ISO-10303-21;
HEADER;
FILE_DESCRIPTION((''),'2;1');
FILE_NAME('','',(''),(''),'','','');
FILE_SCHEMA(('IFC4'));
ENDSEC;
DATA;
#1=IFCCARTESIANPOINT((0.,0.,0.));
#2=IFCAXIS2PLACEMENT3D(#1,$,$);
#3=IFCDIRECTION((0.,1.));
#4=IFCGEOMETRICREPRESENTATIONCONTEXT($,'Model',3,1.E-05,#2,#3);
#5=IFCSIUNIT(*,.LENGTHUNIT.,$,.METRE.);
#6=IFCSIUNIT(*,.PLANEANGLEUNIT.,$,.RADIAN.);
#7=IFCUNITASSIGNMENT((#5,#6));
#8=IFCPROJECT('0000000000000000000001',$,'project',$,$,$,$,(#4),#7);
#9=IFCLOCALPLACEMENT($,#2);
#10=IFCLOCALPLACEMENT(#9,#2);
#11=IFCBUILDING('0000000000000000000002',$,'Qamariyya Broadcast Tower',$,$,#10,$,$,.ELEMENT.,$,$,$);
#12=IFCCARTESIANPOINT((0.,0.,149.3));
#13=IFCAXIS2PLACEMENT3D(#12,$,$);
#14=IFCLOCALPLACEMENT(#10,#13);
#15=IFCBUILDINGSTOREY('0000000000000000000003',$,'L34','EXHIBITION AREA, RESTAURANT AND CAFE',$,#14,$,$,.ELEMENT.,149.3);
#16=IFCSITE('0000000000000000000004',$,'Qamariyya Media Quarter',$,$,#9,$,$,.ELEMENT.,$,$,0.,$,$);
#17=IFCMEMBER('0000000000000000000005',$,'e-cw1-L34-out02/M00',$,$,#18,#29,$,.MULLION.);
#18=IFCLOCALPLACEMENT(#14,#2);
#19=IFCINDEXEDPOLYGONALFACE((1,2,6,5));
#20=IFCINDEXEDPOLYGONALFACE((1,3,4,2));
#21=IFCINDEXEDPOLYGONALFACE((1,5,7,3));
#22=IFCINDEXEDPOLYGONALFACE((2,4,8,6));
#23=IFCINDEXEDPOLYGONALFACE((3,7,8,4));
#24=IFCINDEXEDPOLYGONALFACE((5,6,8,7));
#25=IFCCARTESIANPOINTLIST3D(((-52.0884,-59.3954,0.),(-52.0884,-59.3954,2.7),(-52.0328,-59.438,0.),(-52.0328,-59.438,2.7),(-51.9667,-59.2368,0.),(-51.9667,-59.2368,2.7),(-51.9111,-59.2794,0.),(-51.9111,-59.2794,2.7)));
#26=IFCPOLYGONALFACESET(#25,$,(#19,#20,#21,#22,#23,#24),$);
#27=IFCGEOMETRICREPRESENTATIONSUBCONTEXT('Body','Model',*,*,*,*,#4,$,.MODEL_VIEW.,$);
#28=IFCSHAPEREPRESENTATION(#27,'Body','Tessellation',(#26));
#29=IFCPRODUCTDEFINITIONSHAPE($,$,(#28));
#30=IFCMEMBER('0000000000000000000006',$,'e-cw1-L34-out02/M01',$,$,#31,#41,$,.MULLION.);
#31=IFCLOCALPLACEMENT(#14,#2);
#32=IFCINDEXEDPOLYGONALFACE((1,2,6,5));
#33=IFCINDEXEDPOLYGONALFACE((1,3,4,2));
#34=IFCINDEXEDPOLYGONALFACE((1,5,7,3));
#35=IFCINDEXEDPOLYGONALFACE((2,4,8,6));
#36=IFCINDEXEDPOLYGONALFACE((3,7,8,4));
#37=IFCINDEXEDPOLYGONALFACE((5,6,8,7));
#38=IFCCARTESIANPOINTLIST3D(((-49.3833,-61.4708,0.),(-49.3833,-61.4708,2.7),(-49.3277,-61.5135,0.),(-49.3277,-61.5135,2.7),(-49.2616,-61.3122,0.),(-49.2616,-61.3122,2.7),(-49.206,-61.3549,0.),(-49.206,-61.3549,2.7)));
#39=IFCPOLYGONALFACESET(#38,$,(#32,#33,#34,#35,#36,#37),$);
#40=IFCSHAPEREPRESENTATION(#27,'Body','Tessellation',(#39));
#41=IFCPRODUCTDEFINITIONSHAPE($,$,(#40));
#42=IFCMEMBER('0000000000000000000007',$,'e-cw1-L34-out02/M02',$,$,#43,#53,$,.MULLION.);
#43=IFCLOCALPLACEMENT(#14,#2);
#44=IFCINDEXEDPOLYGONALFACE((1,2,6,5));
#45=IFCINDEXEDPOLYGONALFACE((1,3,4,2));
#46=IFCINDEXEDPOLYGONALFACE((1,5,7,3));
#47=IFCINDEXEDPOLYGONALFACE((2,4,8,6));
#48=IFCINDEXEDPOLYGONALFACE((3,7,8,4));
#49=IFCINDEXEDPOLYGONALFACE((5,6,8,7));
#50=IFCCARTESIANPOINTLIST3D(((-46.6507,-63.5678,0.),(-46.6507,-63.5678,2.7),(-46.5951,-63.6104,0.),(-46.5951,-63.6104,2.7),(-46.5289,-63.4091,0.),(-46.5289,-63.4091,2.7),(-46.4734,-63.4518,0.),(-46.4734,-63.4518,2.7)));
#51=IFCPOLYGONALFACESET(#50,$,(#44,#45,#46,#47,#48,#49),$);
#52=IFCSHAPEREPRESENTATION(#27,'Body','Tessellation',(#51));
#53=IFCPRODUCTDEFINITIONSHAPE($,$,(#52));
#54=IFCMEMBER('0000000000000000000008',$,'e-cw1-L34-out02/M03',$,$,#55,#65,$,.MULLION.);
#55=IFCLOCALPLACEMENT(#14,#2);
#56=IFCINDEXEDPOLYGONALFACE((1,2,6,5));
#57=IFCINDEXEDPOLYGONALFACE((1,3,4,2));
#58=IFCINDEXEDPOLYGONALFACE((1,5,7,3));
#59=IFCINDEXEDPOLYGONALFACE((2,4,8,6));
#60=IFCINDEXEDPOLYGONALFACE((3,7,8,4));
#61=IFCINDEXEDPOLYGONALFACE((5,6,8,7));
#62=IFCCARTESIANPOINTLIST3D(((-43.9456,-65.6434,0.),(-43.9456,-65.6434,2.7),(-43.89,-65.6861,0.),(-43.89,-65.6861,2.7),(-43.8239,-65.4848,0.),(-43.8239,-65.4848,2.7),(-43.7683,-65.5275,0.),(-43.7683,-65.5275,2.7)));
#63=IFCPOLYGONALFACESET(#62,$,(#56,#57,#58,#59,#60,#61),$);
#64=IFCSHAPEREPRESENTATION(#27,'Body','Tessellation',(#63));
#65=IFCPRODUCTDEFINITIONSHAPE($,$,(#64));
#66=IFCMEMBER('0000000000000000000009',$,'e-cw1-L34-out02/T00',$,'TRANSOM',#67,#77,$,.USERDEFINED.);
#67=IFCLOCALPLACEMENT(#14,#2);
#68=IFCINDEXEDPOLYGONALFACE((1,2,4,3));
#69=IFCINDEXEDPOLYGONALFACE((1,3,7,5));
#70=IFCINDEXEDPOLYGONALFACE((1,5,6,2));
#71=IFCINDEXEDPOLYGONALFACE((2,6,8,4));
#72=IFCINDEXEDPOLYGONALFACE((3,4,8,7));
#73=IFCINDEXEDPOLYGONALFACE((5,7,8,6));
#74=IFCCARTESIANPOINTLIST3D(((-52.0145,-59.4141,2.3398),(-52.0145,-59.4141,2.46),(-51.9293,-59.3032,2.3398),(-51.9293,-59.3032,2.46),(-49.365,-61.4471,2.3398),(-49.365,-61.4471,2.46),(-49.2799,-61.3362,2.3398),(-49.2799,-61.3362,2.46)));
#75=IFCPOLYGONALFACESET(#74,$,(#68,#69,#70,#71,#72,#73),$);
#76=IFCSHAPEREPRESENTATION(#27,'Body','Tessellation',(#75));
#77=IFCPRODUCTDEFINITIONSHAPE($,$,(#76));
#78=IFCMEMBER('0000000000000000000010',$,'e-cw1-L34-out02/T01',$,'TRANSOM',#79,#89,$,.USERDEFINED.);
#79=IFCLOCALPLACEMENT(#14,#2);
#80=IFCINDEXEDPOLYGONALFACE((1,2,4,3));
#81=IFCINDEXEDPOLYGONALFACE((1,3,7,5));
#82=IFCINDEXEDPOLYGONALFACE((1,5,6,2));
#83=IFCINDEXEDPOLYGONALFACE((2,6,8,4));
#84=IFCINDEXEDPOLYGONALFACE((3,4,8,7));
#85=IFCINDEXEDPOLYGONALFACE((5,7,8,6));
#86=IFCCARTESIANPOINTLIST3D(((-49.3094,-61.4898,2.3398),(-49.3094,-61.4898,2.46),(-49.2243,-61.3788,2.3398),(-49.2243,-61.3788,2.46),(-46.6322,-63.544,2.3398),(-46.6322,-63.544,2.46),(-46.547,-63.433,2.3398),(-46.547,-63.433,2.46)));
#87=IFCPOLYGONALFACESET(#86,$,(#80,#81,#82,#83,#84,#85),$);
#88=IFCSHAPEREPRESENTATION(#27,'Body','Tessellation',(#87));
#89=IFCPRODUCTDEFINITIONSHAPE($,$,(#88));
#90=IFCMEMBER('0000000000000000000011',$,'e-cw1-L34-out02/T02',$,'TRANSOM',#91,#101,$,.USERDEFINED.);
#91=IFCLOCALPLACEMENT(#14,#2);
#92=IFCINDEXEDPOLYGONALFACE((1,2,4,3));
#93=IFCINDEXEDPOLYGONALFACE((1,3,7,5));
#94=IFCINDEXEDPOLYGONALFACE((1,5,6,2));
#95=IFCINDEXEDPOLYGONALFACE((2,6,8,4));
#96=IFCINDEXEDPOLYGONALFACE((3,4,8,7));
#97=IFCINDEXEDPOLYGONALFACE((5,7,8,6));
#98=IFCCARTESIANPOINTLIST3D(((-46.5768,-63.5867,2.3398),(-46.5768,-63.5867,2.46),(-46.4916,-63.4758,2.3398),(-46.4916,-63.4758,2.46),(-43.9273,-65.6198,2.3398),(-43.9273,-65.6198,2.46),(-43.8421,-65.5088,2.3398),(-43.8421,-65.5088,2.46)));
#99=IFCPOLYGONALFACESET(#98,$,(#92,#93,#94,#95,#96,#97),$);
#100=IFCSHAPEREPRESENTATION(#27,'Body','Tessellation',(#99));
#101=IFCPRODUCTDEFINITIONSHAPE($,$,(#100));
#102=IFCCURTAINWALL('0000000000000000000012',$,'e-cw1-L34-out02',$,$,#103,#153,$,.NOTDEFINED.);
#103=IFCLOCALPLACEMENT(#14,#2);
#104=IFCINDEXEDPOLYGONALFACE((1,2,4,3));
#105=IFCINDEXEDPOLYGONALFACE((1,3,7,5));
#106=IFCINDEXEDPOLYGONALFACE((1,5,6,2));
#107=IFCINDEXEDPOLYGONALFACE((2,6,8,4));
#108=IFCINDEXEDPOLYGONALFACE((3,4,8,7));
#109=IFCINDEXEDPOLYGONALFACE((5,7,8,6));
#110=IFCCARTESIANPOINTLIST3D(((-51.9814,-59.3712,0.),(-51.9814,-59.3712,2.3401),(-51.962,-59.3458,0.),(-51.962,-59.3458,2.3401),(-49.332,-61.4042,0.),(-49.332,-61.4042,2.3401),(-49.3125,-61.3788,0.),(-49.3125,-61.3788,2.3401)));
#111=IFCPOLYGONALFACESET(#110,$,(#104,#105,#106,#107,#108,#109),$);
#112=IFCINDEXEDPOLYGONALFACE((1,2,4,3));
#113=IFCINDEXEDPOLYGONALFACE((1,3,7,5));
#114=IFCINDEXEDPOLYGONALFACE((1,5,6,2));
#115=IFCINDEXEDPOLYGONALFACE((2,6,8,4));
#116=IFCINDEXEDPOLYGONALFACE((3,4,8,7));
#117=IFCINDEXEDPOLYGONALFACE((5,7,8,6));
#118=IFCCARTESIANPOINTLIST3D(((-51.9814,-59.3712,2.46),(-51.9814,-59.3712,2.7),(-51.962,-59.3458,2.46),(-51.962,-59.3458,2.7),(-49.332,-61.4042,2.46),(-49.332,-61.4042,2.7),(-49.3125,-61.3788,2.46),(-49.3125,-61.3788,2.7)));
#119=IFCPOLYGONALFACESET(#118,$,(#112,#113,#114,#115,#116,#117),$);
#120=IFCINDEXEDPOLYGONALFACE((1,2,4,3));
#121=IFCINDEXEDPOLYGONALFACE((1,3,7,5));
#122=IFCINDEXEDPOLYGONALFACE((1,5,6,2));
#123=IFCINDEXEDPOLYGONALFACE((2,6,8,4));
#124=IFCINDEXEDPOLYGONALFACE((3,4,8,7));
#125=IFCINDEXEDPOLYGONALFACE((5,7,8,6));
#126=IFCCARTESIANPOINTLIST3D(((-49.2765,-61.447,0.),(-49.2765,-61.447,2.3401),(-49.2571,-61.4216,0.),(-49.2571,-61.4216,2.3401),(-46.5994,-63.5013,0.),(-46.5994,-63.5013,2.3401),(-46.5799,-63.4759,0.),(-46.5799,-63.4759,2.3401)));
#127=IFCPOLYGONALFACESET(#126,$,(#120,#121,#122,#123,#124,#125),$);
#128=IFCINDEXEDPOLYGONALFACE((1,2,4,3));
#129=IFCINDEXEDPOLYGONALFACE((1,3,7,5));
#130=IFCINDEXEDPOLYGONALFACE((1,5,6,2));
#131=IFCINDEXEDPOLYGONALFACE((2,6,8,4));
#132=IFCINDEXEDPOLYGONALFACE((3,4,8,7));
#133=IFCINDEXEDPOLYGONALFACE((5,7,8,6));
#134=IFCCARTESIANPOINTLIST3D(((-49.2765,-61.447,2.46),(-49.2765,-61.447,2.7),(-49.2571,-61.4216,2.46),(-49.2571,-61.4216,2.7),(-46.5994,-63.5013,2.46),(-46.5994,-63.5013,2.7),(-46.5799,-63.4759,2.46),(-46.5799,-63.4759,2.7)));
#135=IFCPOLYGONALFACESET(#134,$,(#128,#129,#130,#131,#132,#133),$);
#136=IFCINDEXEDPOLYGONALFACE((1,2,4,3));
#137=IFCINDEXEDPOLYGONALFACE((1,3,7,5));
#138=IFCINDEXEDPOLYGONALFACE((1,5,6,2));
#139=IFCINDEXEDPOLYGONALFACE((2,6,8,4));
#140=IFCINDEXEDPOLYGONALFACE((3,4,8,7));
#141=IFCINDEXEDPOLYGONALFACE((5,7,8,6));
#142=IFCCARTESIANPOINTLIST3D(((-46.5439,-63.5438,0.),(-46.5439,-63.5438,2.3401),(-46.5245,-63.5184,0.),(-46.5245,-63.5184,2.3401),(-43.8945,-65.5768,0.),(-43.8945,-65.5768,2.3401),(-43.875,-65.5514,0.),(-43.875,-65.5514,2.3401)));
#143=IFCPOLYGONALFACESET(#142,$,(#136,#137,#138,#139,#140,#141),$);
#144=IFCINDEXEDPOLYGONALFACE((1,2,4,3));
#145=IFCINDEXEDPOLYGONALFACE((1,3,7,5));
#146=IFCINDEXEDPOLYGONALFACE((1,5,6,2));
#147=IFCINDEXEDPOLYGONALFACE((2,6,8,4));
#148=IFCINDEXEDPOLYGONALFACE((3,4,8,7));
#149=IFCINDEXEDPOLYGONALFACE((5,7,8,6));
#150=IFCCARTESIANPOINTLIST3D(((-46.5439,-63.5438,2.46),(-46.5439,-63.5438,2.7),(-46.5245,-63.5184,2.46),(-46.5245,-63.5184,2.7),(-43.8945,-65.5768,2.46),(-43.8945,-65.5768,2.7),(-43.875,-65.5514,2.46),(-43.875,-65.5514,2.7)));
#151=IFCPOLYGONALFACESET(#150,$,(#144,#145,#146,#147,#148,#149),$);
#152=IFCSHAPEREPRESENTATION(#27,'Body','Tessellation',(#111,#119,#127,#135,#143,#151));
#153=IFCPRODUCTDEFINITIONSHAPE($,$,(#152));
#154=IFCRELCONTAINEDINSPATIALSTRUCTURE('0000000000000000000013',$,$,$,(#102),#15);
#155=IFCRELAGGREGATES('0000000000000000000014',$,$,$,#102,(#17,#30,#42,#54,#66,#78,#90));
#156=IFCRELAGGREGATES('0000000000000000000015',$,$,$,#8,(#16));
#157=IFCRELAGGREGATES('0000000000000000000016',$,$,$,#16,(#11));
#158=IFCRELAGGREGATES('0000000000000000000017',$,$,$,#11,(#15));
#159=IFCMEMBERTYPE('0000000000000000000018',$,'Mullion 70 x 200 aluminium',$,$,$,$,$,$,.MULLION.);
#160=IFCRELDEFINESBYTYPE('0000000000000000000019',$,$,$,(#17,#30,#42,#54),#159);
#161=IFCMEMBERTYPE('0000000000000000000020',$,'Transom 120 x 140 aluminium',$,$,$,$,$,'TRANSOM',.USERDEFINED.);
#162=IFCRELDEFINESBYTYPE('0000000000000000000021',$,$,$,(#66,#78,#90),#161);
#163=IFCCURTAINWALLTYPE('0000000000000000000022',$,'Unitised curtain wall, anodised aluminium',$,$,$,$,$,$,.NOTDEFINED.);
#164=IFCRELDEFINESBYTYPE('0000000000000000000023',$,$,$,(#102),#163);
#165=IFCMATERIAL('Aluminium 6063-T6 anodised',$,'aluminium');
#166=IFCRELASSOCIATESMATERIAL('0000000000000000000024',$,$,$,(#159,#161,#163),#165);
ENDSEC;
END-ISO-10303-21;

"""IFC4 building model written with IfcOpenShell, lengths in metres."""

from ifc_helpers import new_model, si_unit, direction, frame, origin, origin_2d, place, context, subcontext, project, spatial, rectangle, extrude, material, material_profile, profile_set, type_object, element, aggregate, save


model = new_model("IFC4")

# Units and contexts
model_context = context("Model", 3, precision=1e-05, world=origin(), true_north=direction((0.0, 1.0)))
body_context = subcontext(model_context, "Body", "Model", "MODEL_VIEW")
ifc_project = project(units=[si_unit("LENGTHUNIT", "METRE"), si_unit("PLANEANGLEUNIT", "RADIAN")], contexts=[model_context])

# Members
ifc_material = material(Name="Aluminium 6063-T6 anodised", Category="aluminium")
ifc_material_profile_1 = material_profile(ifc_material, rectangle(XDim=0.2, YDim=0.0701, at=origin_2d()))
ifc_profile_set_1 = profile_set([ifc_material_profile_1], Name="Aluminium 6063-T6 anodised")
member_type_1 = type_object("IfcMemberType", Name="Mullion 70 x 200 aluminium", PredefinedType="MULLION", material=ifc_profile_set_1)
site_placement = place(None, origin())
building_placement = place(site_placement, origin())
storey_placement = place(building_placement, frame((0.0, 0.0, 149.3)))
member_1_placement = place(storey_placement, frame((-51.9998, -59.3374, 0.0), z_axis=(0.0, 0.0, 1.0), x_axis=(0.608761, 0.793353, 0.0)))
member_1 = element("IfcMember", 1, at=member_1_placement, type_object=member_type_1, Name="e-cw1-L34-out02/M00", PredefinedType="MULLION", context=body_context, shape_type="SweptSolid", body=[
    extrude(rectangle(XDim=0.2, YDim=0.0701, at=origin_2d()), origin(), (0.0, 0.0, 1.0), 2.7),
])
member_2_placement = place(storey_placement, frame((-49.2947, -61.4128, 0.0), z_axis=(0.0, 0.0, 1.0), x_axis=(0.608761, 0.793353, 0.0)))
member_2 = element("IfcMember", 2, at=member_2_placement, type_object=member_type_1, Name="e-cw1-L34-out02/M01", PredefinedType="MULLION", context=body_context, shape_type="SweptSolid", body=[
    extrude(rectangle(XDim=0.2, YDim=0.0701, at=origin_2d()), origin(), (0.0, 0.0, 1.0), 2.7),
])
member_3_placement = place(storey_placement, frame((-46.562, -63.5098, 0.0), z_axis=(0.0, 0.0, 1.0), x_axis=(0.608761, 0.793353, 0.0)))
member_3 = element("IfcMember", 3, at=member_3_placement, type_object=member_type_1, Name="e-cw1-L34-out02/M02", PredefinedType="MULLION", context=body_context, shape_type="SweptSolid", body=[
    extrude(rectangle(XDim=0.2, YDim=0.0701, at=origin_2d()), origin(), (0.0, 0.0, 1.0), 2.7),
])
member_4_placement = place(storey_placement, frame((-43.8569, -65.5854, 0.0), z_axis=(0.0, 0.0, 1.0), x_axis=(0.608761, 0.793353, 0.0)))
member_4 = element("IfcMember", 4, at=member_4_placement, type_object=member_type_1, Name="e-cw1-L34-out02/M03", PredefinedType="MULLION", context=body_context, shape_type="SweptSolid", body=[
    extrude(rectangle(XDim=0.2, YDim=0.0701, at=origin_2d()), origin(), (0.0, 0.0, 1.0), 2.7),
])
ifc_material_profile_2 = material_profile(ifc_material, rectangle(XDim=0.1399, YDim=0.1201, at=origin_2d()))
ifc_profile_set_2 = profile_set([ifc_material_profile_2], Name="Aluminium 6063-T6 anodised")
member_type_2 = type_object("IfcMemberType", Name="Transom 120 x 140 aluminium", ElementType="TRANSOM", PredefinedType="USERDEFINED", material=ifc_profile_set_2)
member_5_placement = place(storey_placement, frame((-51.9719, -59.3586, 2.3999), z_axis=(0.793354, -0.60876, 0.0), x_axis=(0.60876, 0.793354, 0.0)))
member_5 = element("IfcMember", 5, at=member_5_placement, type_object=member_type_2, Name="e-cw1-L34-out02/T00", ObjectType="TRANSOM", PredefinedType="USERDEFINED", context=body_context, shape_type="SweptSolid", body=[
    extrude(rectangle(XDim=0.1399, YDim=0.1201, at=origin_2d()), origin(), (0.0, 0.0, 1.0), 3.3396),
])
member_6_placement = place(storey_placement, frame((-49.2668, -61.4343, 2.3999), z_axis=(0.793371, -0.608738, 0.0), x_axis=(0.608738, 0.793371, 0.0)))
member_6 = element("IfcMember", 6, at=member_6_placement, type_object=member_type_2, Name="e-cw1-L34-out02/T01", ObjectType="TRANSOM", PredefinedType="USERDEFINED", context=body_context, shape_type="SweptSolid", body=[
    extrude(rectangle(XDim=0.1399, YDim=0.1201, at=origin_2d()), origin(), (0.0, 0.0, 1.0), 3.3745),
])
member_7_placement = place(storey_placement, frame((-46.5342, -63.5312, 2.3999), z_axis=(0.793354, -0.60876, 0.0), x_axis=(0.60876, 0.793354, 0.0)))
member_7 = element("IfcMember", 7, at=member_7_placement, type_object=member_type_2, Name="e-cw1-L34-out02/T02", ObjectType="TRANSOM", PredefinedType="USERDEFINED", context=body_context, shape_type="SweptSolid", body=[
    extrude(rectangle(XDim=0.1399, YDim=0.1201, at=origin_2d()), origin(), (0.0, 0.0, 1.0), 3.3396),
])

# Site, building, storey
site = spatial("IfcSite", under=ifc_project, at=site_placement, Name="Qamariyya Media Quarter", CompositionType="ELEMENT", RefElevation=0.0)
building = spatial("IfcBuilding", under=site, at=building_placement, Name="Qamariyya Broadcast Tower", CompositionType="ELEMENT")
storey = spatial("IfcBuildingStorey", under=building, at=storey_placement, Name="L34", Description="EXHIBITION AREA, RESTAURANT AND CAFE", CompositionType="ELEMENT", Elevation=149.3)

# Curtain wall
curtain_wall_type = type_object("IfcCurtainWallType", Name="Unitised curtain wall, anodised aluminium", PredefinedType="NOTDEFINED", material=ifc_material)
curtain_wall_1_placement = place(storey_placement, origin())
curtain_wall_1 = element("IfcCurtainWall", 8, at=curtain_wall_1_placement, inside=storey, type_object=curtain_wall_type, Name="e-cw1-L34-out02", PredefinedType="NOTDEFINED", context=body_context, shape_type="SweptSolid", body=[
    extrude(rectangle(XDim=3.3396, YDim=0.032, at=origin_2d()), frame((-50.647, -60.375, 0.0), x_axis=(0.793352, -0.608764, 0.0)), (0.0, 0.0, 1.0), 2.3401),
    extrude(rectangle(XDim=3.3396, YDim=0.032, at=origin_2d()), frame((-50.647, -60.375, 2.46), x_axis=(0.793352, -0.608764, 0.0)), (0.0, 0.0, 1.0), 0.24),
    extrude(rectangle(XDim=3.3745, YDim=0.032, at=origin_2d()), frame((-47.9282, -62.4614, 0.0), x_axis=(0.793352, -0.608764, 0.0)), (0.0, 0.0, 1.0), 2.3401),
    extrude(rectangle(XDim=3.3745, YDim=0.032, at=origin_2d()), frame((-47.9282, -62.4614, 2.46), x_axis=(0.793352, -0.608764, 0.0)), (0.0, 0.0, 1.0), 0.24),
    extrude(rectangle(XDim=3.3396, YDim=0.032, at=origin_2d()), frame((-45.2095, -64.5476, 0.0), x_axis=(0.793352, -0.608764, 0.0)), (0.0, 0.0, 1.0), 2.3401),
    extrude(rectangle(XDim=3.3396, YDim=0.032, at=origin_2d()), frame((-45.2095, -64.5476, 2.46), x_axis=(0.793352, -0.608764, 0.0)), (0.0, 0.0, 1.0), 0.24),
])
aggregate(curtain_wall_1, [member_1, member_2, member_3, member_4, member_5, member_6, member_7])

save(model, "model.ifc")
